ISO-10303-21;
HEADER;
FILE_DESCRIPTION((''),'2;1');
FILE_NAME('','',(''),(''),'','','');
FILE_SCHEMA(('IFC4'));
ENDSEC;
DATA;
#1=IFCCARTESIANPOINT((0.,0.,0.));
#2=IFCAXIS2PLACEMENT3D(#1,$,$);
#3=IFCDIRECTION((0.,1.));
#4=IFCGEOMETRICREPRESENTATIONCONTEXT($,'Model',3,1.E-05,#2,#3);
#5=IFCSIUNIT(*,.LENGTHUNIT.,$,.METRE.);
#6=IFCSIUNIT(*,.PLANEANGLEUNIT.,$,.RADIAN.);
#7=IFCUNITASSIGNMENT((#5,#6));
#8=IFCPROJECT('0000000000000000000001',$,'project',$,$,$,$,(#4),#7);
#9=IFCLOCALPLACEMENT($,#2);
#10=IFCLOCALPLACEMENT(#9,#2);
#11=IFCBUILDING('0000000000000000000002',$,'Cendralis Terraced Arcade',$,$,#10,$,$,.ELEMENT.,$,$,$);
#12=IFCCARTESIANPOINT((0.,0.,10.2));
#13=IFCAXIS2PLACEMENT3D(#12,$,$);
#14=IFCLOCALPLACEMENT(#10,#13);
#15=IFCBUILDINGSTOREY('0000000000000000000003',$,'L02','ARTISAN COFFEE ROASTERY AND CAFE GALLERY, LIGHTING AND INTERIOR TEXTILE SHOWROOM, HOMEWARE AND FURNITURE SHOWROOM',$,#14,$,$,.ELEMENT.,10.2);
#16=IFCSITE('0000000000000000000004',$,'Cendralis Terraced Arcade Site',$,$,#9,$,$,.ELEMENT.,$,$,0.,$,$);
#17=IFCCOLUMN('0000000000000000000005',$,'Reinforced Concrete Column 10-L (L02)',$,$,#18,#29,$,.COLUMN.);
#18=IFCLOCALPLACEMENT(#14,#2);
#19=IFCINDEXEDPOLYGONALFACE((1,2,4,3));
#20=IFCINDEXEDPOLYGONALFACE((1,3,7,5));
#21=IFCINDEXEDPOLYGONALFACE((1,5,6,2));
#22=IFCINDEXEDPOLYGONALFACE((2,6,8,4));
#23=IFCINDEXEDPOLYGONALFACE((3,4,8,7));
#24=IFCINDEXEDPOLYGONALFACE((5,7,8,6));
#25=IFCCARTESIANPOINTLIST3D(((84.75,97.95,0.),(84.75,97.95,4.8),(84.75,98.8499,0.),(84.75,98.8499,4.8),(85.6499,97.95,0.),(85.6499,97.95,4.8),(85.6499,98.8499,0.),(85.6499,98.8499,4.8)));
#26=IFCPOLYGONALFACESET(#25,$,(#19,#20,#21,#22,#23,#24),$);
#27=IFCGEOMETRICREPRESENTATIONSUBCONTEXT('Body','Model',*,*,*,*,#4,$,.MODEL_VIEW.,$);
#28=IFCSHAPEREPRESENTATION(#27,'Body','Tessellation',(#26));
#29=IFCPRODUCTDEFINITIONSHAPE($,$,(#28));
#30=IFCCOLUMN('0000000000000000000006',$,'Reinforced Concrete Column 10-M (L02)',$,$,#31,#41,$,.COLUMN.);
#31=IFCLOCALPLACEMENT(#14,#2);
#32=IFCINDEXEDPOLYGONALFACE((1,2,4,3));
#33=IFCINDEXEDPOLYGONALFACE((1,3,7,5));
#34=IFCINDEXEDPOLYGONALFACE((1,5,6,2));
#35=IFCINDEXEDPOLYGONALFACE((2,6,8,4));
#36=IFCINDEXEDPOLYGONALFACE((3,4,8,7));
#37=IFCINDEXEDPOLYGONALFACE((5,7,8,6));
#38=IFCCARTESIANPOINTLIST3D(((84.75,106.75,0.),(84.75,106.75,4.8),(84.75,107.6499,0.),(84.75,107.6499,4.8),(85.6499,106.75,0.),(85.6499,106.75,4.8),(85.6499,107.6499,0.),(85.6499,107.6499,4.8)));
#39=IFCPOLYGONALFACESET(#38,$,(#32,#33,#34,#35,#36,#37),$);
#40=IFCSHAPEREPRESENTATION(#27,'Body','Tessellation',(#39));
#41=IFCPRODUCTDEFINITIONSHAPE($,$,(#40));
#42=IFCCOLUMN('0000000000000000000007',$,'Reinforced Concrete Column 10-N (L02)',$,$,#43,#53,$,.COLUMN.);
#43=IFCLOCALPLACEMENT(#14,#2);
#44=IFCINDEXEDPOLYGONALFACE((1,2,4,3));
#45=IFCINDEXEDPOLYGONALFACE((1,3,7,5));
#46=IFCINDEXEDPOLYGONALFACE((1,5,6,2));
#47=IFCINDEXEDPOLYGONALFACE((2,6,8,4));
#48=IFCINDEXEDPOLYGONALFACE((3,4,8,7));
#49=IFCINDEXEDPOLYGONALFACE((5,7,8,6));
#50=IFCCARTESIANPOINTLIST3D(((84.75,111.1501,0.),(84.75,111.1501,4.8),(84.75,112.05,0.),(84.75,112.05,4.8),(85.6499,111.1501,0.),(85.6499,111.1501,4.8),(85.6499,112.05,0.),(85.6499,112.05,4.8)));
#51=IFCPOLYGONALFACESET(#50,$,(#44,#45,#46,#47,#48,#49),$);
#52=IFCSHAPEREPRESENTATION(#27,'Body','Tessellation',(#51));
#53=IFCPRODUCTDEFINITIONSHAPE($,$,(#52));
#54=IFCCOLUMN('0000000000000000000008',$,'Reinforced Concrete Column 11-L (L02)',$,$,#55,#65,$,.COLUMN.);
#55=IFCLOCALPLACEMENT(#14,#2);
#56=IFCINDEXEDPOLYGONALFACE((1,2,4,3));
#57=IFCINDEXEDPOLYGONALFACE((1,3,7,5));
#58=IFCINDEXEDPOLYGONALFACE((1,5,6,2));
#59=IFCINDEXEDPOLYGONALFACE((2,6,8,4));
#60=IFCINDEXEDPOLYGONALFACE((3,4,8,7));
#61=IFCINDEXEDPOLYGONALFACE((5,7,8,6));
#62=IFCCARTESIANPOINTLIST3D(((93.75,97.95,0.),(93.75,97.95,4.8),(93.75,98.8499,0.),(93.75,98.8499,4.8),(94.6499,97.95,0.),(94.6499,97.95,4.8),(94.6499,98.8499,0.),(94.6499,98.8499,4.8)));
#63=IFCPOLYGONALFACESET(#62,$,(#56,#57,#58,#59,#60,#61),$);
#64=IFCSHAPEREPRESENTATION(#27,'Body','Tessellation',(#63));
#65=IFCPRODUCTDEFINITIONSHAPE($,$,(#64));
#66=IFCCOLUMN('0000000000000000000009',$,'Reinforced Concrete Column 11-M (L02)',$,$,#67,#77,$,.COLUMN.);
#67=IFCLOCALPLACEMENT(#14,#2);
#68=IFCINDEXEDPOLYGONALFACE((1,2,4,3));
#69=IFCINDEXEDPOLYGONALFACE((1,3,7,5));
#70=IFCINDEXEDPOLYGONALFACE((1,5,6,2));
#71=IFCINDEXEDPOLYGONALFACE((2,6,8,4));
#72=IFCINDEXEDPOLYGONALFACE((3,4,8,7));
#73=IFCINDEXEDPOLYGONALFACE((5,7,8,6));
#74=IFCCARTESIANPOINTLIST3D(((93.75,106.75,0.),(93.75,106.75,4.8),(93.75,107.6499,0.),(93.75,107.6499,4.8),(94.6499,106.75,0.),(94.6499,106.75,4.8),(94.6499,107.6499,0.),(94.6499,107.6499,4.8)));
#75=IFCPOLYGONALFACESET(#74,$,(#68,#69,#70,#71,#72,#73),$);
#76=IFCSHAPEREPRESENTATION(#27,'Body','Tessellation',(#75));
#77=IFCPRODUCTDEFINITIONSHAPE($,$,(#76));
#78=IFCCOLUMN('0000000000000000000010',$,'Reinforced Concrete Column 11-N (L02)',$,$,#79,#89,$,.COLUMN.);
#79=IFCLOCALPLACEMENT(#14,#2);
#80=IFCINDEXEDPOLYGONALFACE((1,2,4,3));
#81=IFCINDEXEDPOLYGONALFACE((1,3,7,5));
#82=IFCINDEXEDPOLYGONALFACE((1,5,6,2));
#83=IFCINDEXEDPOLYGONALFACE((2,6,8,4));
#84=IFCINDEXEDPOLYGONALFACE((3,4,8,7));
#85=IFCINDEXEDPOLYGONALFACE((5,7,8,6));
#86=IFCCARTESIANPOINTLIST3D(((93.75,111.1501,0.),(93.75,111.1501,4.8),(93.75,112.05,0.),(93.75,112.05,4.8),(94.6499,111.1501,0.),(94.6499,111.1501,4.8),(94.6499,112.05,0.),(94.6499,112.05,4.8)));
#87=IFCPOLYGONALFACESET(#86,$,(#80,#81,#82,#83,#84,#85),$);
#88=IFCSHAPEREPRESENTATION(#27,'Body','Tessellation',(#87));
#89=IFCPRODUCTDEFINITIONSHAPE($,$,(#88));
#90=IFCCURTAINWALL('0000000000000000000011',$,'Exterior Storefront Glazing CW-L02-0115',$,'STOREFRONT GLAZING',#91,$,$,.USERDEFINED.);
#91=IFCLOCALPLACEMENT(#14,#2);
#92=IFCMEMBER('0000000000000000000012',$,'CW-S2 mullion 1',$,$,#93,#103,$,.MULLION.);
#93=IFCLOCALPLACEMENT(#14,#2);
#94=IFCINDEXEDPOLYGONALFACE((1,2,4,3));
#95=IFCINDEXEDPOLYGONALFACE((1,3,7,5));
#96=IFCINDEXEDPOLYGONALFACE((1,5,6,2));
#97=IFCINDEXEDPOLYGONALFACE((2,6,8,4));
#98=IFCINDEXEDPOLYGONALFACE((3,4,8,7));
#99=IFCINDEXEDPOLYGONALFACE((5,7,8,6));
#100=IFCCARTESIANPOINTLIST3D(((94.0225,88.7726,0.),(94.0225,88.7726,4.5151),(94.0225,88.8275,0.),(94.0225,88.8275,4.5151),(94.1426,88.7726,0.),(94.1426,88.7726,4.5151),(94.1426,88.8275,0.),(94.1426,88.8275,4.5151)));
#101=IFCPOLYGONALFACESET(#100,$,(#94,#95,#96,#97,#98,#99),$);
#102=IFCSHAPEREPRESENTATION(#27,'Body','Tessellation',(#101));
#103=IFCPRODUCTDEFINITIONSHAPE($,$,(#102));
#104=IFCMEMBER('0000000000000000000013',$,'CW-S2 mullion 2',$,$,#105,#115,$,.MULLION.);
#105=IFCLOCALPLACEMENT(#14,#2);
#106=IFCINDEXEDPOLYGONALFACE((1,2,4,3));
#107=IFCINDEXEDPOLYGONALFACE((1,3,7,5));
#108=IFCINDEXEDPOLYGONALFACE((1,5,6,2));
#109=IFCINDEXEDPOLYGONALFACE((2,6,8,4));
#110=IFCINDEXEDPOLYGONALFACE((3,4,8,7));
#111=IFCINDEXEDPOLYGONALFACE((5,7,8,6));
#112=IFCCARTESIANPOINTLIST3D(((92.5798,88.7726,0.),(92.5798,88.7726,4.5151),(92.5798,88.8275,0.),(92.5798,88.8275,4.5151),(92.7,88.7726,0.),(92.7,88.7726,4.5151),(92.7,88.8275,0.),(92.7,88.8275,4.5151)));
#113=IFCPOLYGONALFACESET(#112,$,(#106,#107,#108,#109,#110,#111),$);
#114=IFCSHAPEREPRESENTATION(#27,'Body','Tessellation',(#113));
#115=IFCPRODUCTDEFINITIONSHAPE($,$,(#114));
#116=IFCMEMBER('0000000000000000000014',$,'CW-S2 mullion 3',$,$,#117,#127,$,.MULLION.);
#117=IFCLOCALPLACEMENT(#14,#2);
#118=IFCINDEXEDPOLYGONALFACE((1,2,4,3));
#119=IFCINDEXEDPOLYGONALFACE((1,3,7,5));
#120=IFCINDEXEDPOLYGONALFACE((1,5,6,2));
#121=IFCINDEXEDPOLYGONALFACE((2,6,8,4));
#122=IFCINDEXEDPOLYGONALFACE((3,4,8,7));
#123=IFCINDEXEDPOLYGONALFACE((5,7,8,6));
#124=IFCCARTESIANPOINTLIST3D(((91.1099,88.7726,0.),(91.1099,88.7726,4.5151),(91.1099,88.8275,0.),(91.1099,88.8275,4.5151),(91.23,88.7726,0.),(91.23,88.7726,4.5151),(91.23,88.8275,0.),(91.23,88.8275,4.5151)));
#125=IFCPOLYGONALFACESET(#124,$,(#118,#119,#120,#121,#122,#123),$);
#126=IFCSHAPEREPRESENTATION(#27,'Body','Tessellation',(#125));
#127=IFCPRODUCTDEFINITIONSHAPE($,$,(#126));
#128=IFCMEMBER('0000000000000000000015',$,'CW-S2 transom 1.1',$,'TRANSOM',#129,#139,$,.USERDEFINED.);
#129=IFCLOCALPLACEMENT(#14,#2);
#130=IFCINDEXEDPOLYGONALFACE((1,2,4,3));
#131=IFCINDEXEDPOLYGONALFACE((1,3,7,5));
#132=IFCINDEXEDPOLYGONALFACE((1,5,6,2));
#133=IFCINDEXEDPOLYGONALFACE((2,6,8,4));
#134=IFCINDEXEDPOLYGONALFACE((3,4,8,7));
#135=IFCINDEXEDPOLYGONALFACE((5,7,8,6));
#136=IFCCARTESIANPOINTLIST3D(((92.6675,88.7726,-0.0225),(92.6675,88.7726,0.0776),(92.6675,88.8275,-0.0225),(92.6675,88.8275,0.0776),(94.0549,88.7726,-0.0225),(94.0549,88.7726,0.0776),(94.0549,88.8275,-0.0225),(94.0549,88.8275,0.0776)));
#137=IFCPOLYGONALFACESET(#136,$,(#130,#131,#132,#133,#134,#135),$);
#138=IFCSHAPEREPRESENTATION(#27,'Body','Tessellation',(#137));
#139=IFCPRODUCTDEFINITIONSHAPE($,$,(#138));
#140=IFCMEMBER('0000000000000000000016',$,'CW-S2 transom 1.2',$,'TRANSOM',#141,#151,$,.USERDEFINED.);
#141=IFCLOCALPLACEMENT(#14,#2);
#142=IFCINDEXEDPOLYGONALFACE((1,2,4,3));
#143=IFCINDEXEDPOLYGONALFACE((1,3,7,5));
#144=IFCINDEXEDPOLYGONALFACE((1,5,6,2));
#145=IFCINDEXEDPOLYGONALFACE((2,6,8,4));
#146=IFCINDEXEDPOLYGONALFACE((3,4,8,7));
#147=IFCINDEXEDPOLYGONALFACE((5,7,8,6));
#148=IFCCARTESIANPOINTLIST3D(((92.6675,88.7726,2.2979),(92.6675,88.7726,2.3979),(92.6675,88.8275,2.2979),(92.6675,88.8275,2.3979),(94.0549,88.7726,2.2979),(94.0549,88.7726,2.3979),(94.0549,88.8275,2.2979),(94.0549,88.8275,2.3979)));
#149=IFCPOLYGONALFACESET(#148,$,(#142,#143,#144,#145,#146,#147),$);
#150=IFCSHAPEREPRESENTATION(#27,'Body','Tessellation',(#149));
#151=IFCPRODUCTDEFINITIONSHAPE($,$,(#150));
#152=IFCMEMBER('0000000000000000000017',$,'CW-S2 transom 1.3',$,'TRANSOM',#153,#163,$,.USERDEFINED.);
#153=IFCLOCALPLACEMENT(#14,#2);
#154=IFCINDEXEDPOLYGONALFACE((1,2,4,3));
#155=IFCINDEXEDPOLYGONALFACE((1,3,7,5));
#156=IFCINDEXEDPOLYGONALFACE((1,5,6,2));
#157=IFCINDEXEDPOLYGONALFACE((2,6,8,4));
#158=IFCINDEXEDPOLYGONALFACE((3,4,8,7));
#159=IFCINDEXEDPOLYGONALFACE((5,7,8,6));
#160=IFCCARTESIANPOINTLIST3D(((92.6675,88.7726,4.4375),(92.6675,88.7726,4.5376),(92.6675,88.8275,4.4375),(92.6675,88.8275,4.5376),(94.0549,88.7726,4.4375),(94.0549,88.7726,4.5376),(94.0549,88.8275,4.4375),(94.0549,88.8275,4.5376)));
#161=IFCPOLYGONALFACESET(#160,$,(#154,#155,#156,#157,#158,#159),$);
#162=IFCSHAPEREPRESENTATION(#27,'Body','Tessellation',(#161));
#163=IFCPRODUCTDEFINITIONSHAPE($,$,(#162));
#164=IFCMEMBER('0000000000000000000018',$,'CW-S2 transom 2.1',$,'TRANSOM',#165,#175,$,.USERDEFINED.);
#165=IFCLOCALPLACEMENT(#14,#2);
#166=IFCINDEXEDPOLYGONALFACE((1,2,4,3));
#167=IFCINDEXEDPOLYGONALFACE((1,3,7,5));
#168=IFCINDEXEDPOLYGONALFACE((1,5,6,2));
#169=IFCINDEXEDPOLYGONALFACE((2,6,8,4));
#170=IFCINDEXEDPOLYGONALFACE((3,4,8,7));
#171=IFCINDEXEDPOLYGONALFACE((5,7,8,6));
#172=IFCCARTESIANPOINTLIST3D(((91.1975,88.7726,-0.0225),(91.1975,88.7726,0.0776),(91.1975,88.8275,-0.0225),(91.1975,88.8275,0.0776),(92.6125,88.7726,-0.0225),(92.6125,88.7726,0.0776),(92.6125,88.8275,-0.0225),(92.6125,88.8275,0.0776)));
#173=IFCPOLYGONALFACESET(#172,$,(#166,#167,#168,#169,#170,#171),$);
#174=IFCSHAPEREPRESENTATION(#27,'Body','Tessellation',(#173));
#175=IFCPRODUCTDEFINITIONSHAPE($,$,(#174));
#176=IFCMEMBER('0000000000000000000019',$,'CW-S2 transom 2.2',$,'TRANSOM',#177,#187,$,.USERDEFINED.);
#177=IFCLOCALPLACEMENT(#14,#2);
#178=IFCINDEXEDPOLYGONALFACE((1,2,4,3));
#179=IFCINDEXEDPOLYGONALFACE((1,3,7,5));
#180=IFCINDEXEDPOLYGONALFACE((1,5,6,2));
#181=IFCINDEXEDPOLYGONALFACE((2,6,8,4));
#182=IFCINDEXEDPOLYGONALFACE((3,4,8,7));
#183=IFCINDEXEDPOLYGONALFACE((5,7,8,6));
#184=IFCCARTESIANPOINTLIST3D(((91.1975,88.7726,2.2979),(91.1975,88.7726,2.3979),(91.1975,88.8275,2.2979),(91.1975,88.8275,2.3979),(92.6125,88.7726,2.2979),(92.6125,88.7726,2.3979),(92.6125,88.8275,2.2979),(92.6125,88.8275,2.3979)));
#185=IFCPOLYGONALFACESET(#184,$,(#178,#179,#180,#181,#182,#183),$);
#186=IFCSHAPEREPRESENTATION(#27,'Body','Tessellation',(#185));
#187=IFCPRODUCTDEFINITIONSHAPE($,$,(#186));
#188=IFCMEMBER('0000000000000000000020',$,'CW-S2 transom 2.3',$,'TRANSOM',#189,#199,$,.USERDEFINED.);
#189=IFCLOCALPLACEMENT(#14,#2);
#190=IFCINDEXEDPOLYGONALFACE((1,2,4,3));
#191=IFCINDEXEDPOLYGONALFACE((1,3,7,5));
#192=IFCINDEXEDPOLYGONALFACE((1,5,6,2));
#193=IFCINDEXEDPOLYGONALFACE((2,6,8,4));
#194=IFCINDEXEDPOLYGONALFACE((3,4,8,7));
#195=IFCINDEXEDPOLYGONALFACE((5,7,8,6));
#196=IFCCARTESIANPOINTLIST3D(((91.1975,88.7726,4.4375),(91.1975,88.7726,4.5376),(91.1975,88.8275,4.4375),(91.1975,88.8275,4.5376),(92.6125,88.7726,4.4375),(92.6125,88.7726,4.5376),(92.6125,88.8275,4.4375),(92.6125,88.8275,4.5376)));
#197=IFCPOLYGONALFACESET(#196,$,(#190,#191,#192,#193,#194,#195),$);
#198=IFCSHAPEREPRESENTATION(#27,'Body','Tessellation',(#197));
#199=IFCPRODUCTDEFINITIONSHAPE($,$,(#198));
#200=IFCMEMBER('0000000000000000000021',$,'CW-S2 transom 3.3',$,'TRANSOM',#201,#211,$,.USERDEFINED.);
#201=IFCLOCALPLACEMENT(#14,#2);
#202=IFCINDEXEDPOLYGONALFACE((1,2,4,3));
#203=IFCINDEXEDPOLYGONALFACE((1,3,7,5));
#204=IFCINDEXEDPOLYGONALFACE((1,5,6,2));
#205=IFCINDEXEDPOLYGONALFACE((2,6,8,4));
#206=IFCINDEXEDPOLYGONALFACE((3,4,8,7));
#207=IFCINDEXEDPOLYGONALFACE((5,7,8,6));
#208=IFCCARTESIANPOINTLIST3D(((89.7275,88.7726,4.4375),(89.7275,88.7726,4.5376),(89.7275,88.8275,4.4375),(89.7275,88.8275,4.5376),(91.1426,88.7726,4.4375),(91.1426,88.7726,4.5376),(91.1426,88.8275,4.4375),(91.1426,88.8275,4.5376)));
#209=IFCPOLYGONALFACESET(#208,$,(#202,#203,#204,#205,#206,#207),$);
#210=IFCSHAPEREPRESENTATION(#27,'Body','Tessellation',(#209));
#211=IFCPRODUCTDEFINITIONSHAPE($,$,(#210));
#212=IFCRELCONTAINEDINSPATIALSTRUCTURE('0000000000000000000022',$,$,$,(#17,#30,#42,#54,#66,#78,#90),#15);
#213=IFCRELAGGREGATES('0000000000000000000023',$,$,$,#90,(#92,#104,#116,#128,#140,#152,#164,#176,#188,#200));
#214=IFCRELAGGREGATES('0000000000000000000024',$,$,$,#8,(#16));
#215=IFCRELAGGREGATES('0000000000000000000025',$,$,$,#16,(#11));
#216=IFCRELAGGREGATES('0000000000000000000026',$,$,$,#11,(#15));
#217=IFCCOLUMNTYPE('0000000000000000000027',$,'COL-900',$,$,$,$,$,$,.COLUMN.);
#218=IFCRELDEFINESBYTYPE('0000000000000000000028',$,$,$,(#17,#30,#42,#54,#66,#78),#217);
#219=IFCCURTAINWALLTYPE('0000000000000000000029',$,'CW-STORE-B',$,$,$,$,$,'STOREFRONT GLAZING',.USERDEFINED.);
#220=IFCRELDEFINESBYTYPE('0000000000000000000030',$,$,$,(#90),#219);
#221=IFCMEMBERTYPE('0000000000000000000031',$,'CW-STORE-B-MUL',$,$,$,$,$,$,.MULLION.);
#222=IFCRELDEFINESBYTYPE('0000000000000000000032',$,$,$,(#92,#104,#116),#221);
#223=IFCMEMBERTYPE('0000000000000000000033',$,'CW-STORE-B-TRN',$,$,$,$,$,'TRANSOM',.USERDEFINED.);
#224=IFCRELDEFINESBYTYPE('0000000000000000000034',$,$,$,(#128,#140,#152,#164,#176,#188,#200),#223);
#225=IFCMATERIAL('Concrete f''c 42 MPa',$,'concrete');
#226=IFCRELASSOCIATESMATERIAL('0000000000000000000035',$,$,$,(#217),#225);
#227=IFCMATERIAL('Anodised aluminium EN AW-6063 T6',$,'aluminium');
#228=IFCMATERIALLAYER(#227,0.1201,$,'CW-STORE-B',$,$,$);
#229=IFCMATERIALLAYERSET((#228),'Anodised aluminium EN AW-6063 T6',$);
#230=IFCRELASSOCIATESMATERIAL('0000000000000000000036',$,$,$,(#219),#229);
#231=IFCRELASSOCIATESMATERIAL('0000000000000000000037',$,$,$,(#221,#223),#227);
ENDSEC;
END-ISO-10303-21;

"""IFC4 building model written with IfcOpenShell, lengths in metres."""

from ifc_helpers import new_model, si_unit, direction, frame, origin, origin_2d, place, context, subcontext, project, spatial, rectangle, extrude, material, layer, layer_set, material_profile, profile_set, type_object, element, aggregate, save


model = new_model("IFC4")

# Units and contexts
model_context = context("Model", 3, precision=1e-05, world=origin(), true_north=direction((0.0, 1.0)))
body_context = subcontext(model_context, "Body", "Model", "MODEL_VIEW")
ifc_project = project(units=[si_unit("LENGTHUNIT", "METRE"), si_unit("PLANEANGLEUNIT", "RADIAN")], contexts=[model_context])

# Site, building, storey
site_placement = place(None, origin())
site = spatial("IfcSite", under=ifc_project, at=site_placement, Name="Cendralis Terraced Arcade Site", CompositionType="ELEMENT", RefElevation=0.0)
building_placement = place(site_placement, origin())
building = spatial("IfcBuilding", under=site, at=building_placement, Name="Cendralis Terraced Arcade", CompositionType="ELEMENT")
storey_placement = place(building_placement, frame((0.0, 0.0, 10.2)))
storey = spatial("IfcBuildingStorey", under=building, at=storey_placement, Name="L02", Description="ARTISAN COFFEE ROASTERY AND CAFE GALLERY, LIGHTING AND INTERIOR TEXTILE SHOWROOM, HOMEWARE AND FURNITURE SHOWROOM", CompositionType="ELEMENT", Elevation=10.2)

# Columns
ifc_material_1 = material(Name="Concrete f'c 42 MPa", Category="concrete")
ifc_material_profile_1 = material_profile(ifc_material_1, rectangle(XDim=0.8999, YDim=0.8999, at=origin_2d()), Name="RC-COL-900x900", Category="LoadBearing")
ifc_profile_set_1 = profile_set([ifc_material_profile_1], Name="Concrete f'c 42 MPa")
column_type = type_object("IfcColumnType", Name="COL-900", PredefinedType="COLUMN", material=ifc_profile_set_1)
for number, where, z_axis, x_axis, name in (
    (1, (85.2, 98.3999, 0.0), (0.0, 0.0, 1.0), (1.0, 0.0, 0.0), "Reinforced Concrete Column 10-L (L02)"),
    (2, (85.2, 107.2, 0.0), (0.0, 0.0, 1.0), (1.0, 0.0, 0.0), "Reinforced Concrete Column 10-M (L02)"),
    (3, (85.2, 111.6001, 0.0), (0.0, 0.0, 1.0), (1.0, 0.0, 0.0), "Reinforced Concrete Column 10-N (L02)"),
    (4, (94.2, 98.3999, 0.0), (0.0, 0.0, 1.0), (1.0, 0.0, 0.0), "Reinforced Concrete Column 11-L (L02)"),
    (5, (94.2, 107.2, 0.0), (0.0, 0.0, 1.0), (1.0, 0.0, 0.0), "Reinforced Concrete Column 11-M (L02)"),
    (6, (94.2, 111.6001, 0.0), (0.0, 0.0, 1.0), (1.0, 0.0, 0.0), "Reinforced Concrete Column 11-N (L02)"),
):
    element("IfcColumn", number, at=place(storey_placement, frame(where, z_axis=z_axis, x_axis=x_axis)), inside=storey, type_object=column_type, Name=name, PredefinedType="COLUMN", context=body_context, shape_type="SweptSolid", body=[
        extrude(rectangle(XDim=0.8999, YDim=0.8999, at=origin_2d()), origin(), (0.0, 0.0, 1.0), 4.8),
    ])

# Curtain wall, members
ifc_material_2 = material(Name="Anodised aluminium EN AW-6063 T6", Category="aluminium")
ifc_layer_1 = layer(ifc_material_2, 0.1201, Name="CW-STORE-B")
ifc_layer_set_1 = layer_set([ifc_layer_1], Name="Anodised aluminium EN AW-6063 T6")
curtain_wall_type = type_object("IfcCurtainWallType", Name="CW-STORE-B", ElementType="STOREFRONT GLAZING", PredefinedType="USERDEFINED", material=ifc_layer_set_1)
curtain_wall_placement = place(storey_placement, origin())
curtain_wall = element("IfcCurtainWall", 7, at=curtain_wall_placement, inside=storey, type_object=curtain_wall_type, Name="Exterior Storefront Glazing CW-L02-0115", ObjectType="STOREFRONT GLAZING", PredefinedType="USERDEFINED")
ifc_material_profile_2 = material_profile(ifc_material_2, rectangle(XDim=0.0549, YDim=0.1201, at=origin_2d()), Name="ALU-MUL-55x120")
ifc_profile_set_2 = profile_set([ifc_material_profile_2], Name="Anodised aluminium EN AW-6063 T6")
member_type_1 = type_object("IfcMemberType", Name="CW-STORE-B-MUL", PredefinedType="MULLION", material=ifc_profile_set_2)
member_1_placement = place(storey_placement, frame((94.0825, 88.8, 0.0), z_axis=(0.0, 0.0, 1.0), x_axis=(0.0, -1.0, 0.0)))
member_1 = element("IfcMember", 8, at=member_1_placement, type_object=member_type_1, Name="CW-S2 mullion 1", PredefinedType="MULLION", context=body_context, shape_type="SweptSolid", body=[
    extrude(rectangle(XDim=0.0549, YDim=0.1201, at=origin_2d()), origin(), (0.0, 0.0, 1.0), 4.5151),
])
member_2_placement = place(storey_placement, frame((92.6399, 88.8, 0.0), z_axis=(0.0, 0.0, 1.0), x_axis=(0.0, -1.0, 0.0)))
member_2 = element("IfcMember", 9, at=member_2_placement, type_object=member_type_1, Name="CW-S2 mullion 2", PredefinedType="MULLION", context=body_context, shape_type="SweptSolid", body=[
    extrude(rectangle(XDim=0.0549, YDim=0.1201, at=origin_2d()), origin(), (0.0, 0.0, 1.0), 4.5151),
])
member_3_placement = place(storey_placement, frame((91.1699, 88.8, 0.0), z_axis=(0.0, 0.0, 1.0), x_axis=(0.0, -1.0, 0.0)))
member_3 = element("IfcMember", 10, at=member_3_placement, type_object=member_type_1, Name="CW-S2 mullion 3", PredefinedType="MULLION", context=body_context, shape_type="SweptSolid", body=[
    extrude(rectangle(XDim=0.0549, YDim=0.1201, at=origin_2d()), origin(), (0.0, 0.0, 1.0), 4.5151),
])
ifc_material_profile_3 = material_profile(ifc_material_2, rectangle(XDim=0.0549, YDim=0.1001, at=origin_2d()), Name="ALU-TRN-55x100")
ifc_profile_set_3 = profile_set([ifc_material_profile_3], Name="Anodised aluminium EN AW-6063 T6")
member_type_2 = type_object("IfcMemberType", Name="CW-STORE-B-TRN", ElementType="TRANSOM", PredefinedType="USERDEFINED", material=ifc_profile_set_3)
member_4_placement = place(storey_placement, frame((94.0549, 88.8, 0.0276), z_axis=(-1.0, 0.0, 0.0), x_axis=(0.0, -1.0, 0.0)))
member_4 = element("IfcMember", 11, at=member_4_placement, type_object=member_type_2, Name="CW-S2 transom 1.1", ObjectType="TRANSOM", PredefinedType="USERDEFINED", context=body_context, shape_type="SweptSolid", body=[
    extrude(rectangle(XDim=0.0549, YDim=0.1001, at=origin_2d()), origin(), (0.0, 0.0, 1.0), 1.3875),
])
member_5_placement = place(storey_placement, frame((94.0549, 88.8, 2.3479), z_axis=(-1.0, 0.0, 0.0), x_axis=(0.0, -1.0, 0.0)))
member_5 = element("IfcMember", 12, at=member_5_placement, type_object=member_type_2, Name="CW-S2 transom 1.2", ObjectType="TRANSOM", PredefinedType="USERDEFINED", context=body_context, shape_type="SweptSolid", body=[
    extrude(rectangle(XDim=0.0549, YDim=0.1001, at=origin_2d()), origin(), (0.0, 0.0, 1.0), 1.3875),
])
member_6_placement = place(storey_placement, frame((94.0549, 88.8, 4.4875), z_axis=(-1.0, 0.0, 0.0), x_axis=(0.0, -1.0, 0.0)))
member_6 = element("IfcMember", 13, at=member_6_placement, type_object=member_type_2, Name="CW-S2 transom 1.3", ObjectType="TRANSOM", PredefinedType="USERDEFINED", context=body_context, shape_type="SweptSolid", body=[
    extrude(rectangle(XDim=0.0549, YDim=0.1001, at=origin_2d()), origin(), (0.0, 0.0, 1.0), 1.3875),
])
member_7_placement = place(storey_placement, frame((92.6125, 88.8, 0.0276), z_axis=(-1.0, 0.0, 0.0), x_axis=(0.0, -1.0, 0.0)))
member_7 = element("IfcMember", 14, at=member_7_placement, type_object=member_type_2, Name="CW-S2 transom 2.1", ObjectType="TRANSOM", PredefinedType="USERDEFINED", context=body_context, shape_type="SweptSolid", body=[
    extrude(rectangle(XDim=0.0549, YDim=0.1001, at=origin_2d()), origin(), (0.0, 0.0, 1.0), 1.415),
])
member_8_placement = place(storey_placement, frame((92.6125, 88.8, 2.3479), z_axis=(-1.0, 0.0, 0.0), x_axis=(0.0, -1.0, 0.0)))
member_8 = element("IfcMember", 15, at=member_8_placement, type_object=member_type_2, Name="CW-S2 transom 2.2", ObjectType="TRANSOM", PredefinedType="USERDEFINED", context=body_context, shape_type="SweptSolid", body=[
    extrude(rectangle(XDim=0.0549, YDim=0.1001, at=origin_2d()), origin(), (0.0, 0.0, 1.0), 1.415),
])
member_9_placement = place(storey_placement, frame((92.6125, 88.8, 4.4875), z_axis=(-1.0, 0.0, 0.0), x_axis=(0.0, -1.0, 0.0)))
member_9 = element("IfcMember", 16, at=member_9_placement, type_object=member_type_2, Name="CW-S2 transom 2.3", ObjectType="TRANSOM", PredefinedType="USERDEFINED", context=body_context, shape_type="SweptSolid", body=[
    extrude(rectangle(XDim=0.0549, YDim=0.1001, at=origin_2d()), origin(), (0.0, 0.0, 1.0), 1.415),
])
member_10_placement = place(storey_placement, frame((91.1426, 88.8, 4.4875), z_axis=(-1.0, 0.0, 0.0), x_axis=(0.0, -1.0, 0.0)))
member_10 = element("IfcMember", 17, at=member_10_placement, type_object=member_type_2, Name="CW-S2 transom 3.3", ObjectType="TRANSOM", PredefinedType="USERDEFINED", context=body_context, shape_type="SweptSolid", body=[
    extrude(rectangle(XDim=0.0549, YDim=0.1001, at=origin_2d()), origin(), (0.0, 0.0, 1.0), 1.415),
])
aggregate(curtain_wall, [member_1, member_2, member_3, member_4, member_5, member_6, member_7, member_8, member_9, member_10])

save(model, "model.ifc")
